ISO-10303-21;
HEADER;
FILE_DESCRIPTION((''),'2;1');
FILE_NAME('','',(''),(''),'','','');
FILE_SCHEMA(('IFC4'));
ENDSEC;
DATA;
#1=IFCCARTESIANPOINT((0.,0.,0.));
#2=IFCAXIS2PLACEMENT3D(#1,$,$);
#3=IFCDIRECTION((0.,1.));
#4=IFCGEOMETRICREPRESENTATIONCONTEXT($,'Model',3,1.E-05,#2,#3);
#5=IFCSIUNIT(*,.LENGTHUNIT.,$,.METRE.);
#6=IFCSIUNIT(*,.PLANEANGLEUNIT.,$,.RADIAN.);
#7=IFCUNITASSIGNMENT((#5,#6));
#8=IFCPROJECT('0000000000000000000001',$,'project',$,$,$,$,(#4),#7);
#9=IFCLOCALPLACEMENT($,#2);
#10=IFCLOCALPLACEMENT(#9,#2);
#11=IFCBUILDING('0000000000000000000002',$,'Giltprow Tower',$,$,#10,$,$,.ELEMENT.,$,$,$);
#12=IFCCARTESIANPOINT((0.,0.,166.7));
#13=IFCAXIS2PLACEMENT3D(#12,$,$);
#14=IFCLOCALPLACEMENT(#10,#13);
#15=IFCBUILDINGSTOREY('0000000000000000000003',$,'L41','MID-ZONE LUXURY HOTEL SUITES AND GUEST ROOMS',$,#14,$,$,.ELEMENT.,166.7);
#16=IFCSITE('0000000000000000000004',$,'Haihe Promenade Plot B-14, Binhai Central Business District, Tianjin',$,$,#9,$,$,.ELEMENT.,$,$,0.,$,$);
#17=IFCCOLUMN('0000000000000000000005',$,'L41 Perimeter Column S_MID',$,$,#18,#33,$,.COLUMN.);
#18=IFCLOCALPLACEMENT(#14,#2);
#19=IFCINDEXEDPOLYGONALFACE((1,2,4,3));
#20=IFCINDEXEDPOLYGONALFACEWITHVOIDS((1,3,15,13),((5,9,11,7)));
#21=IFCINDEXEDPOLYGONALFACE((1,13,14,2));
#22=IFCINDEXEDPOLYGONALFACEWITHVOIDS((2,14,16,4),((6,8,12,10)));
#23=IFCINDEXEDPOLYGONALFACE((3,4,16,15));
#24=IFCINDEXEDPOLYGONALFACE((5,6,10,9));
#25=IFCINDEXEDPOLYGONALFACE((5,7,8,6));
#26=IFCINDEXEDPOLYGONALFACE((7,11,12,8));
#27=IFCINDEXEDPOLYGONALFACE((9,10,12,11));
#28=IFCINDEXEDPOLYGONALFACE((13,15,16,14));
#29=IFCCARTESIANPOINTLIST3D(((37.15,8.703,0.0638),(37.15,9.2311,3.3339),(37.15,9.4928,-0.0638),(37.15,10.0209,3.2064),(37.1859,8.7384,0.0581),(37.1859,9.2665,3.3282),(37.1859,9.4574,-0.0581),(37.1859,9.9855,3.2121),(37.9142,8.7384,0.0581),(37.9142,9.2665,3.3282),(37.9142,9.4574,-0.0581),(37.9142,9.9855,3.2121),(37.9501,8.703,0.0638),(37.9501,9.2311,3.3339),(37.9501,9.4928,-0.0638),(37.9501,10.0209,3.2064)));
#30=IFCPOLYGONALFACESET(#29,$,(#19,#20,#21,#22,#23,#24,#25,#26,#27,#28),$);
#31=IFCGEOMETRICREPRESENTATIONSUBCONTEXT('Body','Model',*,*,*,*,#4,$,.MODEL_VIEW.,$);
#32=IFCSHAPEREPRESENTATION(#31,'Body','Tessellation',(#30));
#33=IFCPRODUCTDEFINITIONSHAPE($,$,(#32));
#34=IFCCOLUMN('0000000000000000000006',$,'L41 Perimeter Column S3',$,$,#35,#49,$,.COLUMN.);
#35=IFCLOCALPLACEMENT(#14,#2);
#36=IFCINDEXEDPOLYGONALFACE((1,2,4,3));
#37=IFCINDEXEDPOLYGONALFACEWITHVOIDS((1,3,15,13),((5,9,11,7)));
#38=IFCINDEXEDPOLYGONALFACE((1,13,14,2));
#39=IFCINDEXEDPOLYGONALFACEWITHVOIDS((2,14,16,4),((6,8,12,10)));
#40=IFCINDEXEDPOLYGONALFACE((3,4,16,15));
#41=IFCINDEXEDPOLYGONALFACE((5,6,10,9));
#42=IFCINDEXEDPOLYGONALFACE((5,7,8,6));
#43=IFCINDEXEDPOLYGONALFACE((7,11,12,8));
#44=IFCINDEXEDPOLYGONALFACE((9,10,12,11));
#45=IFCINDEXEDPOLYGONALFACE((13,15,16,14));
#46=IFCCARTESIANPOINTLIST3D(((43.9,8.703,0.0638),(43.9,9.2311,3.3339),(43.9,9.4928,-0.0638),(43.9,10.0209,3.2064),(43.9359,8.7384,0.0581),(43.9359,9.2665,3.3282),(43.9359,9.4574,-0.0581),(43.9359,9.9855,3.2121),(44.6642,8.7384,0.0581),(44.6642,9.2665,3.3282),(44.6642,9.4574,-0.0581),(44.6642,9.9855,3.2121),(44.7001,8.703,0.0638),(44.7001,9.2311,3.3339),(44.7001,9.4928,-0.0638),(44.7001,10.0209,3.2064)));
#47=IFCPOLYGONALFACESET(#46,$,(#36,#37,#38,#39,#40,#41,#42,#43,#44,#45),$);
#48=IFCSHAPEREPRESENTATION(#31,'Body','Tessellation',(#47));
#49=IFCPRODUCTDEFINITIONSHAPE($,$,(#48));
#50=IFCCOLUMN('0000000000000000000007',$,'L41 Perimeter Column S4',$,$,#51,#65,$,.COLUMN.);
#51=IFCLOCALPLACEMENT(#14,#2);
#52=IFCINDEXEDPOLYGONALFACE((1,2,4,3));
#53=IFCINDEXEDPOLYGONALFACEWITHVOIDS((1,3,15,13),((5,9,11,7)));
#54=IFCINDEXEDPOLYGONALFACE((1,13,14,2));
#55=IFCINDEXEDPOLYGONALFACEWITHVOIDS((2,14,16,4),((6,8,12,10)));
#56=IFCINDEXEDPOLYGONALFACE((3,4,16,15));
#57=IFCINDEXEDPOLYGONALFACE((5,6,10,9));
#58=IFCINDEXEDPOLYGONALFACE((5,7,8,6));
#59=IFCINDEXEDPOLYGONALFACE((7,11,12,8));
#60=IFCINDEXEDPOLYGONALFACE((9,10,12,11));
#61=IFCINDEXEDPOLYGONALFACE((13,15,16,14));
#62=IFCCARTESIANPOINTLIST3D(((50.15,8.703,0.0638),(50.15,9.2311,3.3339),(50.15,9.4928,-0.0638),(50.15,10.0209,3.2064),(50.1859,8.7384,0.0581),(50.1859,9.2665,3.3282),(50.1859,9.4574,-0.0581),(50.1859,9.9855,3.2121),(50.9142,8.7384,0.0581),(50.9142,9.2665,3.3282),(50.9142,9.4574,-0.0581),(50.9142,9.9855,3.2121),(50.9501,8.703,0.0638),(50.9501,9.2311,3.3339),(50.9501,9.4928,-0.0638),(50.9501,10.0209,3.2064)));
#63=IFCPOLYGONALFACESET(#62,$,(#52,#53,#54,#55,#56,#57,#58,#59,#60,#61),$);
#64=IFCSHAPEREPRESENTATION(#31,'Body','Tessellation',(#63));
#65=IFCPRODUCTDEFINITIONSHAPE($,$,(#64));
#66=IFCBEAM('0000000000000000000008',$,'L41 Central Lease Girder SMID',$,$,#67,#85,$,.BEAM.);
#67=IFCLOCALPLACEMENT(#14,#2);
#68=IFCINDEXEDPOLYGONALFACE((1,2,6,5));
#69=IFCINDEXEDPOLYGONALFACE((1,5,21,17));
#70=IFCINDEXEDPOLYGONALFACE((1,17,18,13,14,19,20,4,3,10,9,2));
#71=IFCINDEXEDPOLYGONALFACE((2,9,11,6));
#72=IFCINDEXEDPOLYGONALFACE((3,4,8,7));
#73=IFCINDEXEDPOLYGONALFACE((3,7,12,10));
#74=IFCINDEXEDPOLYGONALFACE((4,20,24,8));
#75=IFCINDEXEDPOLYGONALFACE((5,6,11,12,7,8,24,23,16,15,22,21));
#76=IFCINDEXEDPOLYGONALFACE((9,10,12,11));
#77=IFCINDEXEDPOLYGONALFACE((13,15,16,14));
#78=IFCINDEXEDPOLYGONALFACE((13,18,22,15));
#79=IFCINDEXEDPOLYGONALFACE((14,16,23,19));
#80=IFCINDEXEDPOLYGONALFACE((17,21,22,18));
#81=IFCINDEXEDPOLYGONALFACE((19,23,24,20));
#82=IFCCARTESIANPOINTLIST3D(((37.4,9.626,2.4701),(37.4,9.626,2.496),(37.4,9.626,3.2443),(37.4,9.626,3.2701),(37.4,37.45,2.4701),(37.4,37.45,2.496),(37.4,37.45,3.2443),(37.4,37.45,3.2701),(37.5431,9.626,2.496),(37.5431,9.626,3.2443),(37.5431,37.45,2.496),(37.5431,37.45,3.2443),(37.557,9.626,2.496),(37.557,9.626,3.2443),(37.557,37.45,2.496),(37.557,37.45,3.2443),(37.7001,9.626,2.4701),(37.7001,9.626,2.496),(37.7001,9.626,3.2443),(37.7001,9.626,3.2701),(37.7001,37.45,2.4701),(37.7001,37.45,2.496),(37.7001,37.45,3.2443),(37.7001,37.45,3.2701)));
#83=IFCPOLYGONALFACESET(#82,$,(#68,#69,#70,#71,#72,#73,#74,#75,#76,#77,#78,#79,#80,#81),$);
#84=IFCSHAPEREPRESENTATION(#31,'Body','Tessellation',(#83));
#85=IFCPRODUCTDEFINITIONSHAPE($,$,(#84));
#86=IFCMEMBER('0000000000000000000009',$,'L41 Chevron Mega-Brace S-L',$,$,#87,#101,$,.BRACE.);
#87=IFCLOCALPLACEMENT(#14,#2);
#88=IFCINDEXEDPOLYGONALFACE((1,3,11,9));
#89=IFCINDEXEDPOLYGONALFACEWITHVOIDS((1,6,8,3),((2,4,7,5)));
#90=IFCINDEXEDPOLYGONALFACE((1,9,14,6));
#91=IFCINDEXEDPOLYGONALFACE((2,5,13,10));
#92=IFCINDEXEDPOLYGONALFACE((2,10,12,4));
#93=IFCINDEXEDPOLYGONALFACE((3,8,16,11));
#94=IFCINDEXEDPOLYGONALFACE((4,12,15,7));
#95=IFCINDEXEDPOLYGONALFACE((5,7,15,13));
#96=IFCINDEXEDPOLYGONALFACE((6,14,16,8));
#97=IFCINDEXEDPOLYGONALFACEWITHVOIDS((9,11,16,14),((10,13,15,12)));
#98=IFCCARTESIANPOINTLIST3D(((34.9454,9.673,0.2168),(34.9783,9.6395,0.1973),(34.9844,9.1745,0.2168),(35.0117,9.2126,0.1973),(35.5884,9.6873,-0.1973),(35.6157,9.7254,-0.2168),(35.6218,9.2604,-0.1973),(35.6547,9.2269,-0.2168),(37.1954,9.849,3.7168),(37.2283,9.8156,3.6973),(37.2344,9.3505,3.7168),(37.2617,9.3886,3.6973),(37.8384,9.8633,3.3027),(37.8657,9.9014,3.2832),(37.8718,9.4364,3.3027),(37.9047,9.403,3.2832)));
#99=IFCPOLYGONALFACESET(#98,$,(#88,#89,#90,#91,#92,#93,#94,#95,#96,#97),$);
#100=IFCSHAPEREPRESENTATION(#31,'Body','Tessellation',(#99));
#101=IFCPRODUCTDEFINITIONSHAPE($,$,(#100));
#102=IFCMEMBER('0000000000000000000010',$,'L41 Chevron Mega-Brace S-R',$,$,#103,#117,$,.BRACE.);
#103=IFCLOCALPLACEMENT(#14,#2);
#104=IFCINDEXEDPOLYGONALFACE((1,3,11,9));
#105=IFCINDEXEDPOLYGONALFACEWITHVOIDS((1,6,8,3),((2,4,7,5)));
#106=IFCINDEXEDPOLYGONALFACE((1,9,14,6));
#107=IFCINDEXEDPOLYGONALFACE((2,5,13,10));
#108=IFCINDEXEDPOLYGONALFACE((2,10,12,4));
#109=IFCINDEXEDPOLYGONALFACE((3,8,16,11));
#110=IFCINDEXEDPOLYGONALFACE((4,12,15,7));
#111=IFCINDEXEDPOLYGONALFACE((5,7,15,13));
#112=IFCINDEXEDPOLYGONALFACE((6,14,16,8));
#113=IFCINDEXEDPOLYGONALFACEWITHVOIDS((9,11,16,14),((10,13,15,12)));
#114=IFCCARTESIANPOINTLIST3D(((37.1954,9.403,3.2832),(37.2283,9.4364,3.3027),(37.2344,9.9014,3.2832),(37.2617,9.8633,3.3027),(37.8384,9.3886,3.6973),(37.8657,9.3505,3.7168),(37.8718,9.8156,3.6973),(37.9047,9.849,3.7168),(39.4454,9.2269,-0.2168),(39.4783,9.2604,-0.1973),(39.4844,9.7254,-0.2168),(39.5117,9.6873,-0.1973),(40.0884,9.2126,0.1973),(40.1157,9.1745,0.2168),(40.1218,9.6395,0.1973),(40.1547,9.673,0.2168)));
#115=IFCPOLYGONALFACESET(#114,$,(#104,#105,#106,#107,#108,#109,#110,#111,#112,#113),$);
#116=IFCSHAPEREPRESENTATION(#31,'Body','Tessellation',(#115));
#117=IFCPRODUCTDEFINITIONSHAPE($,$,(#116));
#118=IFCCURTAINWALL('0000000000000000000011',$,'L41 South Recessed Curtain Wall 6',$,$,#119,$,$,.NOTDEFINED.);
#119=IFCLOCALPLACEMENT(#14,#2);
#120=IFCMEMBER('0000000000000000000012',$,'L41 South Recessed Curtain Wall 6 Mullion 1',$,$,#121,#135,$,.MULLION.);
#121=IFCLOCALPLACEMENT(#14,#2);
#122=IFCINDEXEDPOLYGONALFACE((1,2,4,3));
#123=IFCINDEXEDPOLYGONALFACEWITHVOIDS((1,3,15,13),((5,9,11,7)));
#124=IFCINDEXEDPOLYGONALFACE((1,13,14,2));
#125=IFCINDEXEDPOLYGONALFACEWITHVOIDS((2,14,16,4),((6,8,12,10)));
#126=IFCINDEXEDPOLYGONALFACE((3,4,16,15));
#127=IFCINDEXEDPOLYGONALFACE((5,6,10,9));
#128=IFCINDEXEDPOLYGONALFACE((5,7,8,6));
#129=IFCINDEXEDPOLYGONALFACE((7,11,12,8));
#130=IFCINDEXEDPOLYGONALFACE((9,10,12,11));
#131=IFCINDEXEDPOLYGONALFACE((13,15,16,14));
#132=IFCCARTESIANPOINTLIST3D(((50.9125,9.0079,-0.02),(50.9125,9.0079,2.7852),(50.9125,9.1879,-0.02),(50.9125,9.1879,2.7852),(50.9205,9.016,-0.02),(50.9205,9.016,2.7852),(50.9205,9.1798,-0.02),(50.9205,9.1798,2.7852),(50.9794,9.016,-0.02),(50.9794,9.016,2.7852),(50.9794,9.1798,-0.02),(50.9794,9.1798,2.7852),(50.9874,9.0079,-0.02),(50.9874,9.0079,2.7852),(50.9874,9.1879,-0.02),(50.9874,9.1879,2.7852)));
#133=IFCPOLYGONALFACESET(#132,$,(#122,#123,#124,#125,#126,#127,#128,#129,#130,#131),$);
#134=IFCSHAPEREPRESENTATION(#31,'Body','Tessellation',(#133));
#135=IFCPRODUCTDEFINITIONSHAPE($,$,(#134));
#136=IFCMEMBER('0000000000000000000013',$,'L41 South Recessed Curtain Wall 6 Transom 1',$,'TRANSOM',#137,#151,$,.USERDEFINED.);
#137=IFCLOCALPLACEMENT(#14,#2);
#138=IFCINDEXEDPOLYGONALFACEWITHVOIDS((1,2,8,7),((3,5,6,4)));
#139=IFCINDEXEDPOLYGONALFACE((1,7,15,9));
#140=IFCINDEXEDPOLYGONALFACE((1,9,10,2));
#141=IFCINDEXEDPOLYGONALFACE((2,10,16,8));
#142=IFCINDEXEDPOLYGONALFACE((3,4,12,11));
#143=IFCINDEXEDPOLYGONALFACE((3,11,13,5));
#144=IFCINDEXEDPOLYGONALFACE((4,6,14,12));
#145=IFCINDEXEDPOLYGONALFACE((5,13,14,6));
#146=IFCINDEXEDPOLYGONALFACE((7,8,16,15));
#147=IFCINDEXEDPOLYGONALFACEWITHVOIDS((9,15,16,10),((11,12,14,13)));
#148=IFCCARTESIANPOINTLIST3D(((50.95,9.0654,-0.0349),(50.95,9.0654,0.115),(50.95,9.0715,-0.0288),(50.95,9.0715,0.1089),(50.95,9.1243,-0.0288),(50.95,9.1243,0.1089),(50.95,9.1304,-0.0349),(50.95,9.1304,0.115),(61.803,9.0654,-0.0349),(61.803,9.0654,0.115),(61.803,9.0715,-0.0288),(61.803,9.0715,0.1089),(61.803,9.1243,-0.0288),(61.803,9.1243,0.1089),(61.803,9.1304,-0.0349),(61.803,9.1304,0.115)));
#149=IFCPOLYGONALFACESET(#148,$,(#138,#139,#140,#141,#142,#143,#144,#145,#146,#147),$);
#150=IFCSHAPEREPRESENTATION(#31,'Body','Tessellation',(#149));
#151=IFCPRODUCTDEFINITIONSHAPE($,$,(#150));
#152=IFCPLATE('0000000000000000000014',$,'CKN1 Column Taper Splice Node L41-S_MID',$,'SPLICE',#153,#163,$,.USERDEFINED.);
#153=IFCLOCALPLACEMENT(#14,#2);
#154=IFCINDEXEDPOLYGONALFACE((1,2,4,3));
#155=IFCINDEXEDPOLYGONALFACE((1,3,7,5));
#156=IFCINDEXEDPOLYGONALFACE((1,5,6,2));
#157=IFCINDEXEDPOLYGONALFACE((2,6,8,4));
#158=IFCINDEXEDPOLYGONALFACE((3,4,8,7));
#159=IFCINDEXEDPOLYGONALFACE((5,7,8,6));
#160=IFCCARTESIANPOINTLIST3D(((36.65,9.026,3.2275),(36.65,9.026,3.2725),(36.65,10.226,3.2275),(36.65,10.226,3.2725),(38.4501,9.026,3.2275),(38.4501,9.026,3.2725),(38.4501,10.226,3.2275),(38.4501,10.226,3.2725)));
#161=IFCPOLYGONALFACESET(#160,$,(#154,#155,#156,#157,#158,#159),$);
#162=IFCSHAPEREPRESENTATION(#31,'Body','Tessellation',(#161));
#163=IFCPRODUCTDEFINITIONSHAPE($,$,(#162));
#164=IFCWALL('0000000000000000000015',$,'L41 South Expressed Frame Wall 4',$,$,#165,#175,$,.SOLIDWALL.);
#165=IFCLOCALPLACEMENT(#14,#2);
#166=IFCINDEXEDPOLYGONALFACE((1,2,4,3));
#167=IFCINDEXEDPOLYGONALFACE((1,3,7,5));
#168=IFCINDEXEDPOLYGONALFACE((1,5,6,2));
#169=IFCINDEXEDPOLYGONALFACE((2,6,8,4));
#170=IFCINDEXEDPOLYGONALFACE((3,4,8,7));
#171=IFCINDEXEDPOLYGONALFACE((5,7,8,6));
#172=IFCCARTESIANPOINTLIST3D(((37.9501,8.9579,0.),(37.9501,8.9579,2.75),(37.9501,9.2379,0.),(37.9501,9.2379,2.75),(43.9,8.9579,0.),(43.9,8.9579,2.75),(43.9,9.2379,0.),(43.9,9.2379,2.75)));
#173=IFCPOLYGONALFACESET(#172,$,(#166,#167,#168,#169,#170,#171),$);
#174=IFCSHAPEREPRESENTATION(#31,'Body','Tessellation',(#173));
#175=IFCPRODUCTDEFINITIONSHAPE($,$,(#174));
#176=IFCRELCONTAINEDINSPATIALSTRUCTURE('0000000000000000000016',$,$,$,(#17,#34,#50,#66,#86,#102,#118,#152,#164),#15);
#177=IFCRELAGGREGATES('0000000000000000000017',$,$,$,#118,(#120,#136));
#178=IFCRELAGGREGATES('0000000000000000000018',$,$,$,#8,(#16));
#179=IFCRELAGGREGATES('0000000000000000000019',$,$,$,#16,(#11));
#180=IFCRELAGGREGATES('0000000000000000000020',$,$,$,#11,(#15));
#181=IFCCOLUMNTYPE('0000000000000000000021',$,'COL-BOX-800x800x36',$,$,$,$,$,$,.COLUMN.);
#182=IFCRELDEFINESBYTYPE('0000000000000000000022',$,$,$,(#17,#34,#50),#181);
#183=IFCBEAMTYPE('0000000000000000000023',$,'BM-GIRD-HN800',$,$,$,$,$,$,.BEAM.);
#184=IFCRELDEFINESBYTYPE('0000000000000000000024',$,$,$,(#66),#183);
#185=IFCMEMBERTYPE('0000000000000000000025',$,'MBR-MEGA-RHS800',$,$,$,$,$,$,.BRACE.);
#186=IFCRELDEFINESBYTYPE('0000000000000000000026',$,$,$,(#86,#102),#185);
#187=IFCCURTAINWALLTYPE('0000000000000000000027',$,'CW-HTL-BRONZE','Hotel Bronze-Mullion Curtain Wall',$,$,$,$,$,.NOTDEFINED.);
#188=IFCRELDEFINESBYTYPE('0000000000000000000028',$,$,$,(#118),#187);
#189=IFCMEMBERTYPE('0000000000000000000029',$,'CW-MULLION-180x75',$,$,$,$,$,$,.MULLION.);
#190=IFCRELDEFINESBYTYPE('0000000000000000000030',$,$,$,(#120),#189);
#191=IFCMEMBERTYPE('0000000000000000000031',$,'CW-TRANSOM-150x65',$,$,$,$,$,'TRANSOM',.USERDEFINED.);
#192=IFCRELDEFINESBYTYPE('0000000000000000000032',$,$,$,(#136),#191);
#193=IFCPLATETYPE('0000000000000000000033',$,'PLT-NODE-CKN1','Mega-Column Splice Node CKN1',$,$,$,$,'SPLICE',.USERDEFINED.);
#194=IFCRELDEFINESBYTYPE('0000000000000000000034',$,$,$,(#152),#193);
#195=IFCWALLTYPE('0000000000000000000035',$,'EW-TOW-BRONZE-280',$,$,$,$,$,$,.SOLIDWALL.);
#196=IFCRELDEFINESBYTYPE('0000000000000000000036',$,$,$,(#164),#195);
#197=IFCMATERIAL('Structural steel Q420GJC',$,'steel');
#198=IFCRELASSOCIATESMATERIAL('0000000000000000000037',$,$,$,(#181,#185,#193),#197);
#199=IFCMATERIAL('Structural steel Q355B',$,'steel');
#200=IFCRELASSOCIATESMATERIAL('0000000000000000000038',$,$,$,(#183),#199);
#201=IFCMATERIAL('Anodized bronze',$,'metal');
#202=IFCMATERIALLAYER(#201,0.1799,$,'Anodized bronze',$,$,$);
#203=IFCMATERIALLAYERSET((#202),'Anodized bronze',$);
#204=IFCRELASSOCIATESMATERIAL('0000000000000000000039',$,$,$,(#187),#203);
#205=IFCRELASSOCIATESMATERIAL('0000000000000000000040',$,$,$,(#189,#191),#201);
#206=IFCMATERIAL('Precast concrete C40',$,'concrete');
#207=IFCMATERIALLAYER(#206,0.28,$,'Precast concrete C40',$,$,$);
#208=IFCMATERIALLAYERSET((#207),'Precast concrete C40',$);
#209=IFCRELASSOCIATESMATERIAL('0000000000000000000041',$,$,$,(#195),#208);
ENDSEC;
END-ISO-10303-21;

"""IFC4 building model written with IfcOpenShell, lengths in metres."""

from ifc_helpers import new_model, si_unit, direction, frame, frame_2d, origin, origin_2d, place, context, subcontext, project, spatial, rectangle, hollow_rectangle, i_section, extrude, source, transform, mapped, material, layer, layer_set, material_profile, profile_set, type_object, element, aggregate, save


model = new_model("IFC4")

# Units and contexts
model_context = context("Model", 3, precision=1e-05, world=origin(), true_north=direction((0.0, 1.0)))
body_context = subcontext(model_context, "Body", "Model", "MODEL_VIEW")
ifc_project = project(units=[si_unit("LENGTHUNIT", "METRE"), si_unit("PLANEANGLEUNIT", "RADIAN")], contexts=[model_context])

# Site, building, storey
site_placement = place(None, origin())
site = spatial("IfcSite", under=ifc_project, at=site_placement, Name="Haihe Promenade Plot B-14, Binhai Central Business District, Tianjin", CompositionType="ELEMENT", RefElevation=0.0)
building_placement = place(site_placement, origin())
building = spatial("IfcBuilding", under=site, at=building_placement, Name="Giltprow Tower", CompositionType="ELEMENT")
storey_placement = place(building_placement, frame((0.0, 0.0, 166.7)))
storey = spatial("IfcBuildingStorey", under=building, at=storey_placement, Name="L41", Description="MID-ZONE LUXURY HOTEL SUITES AND GUEST ROOMS", CompositionType="ELEMENT", Elevation=166.7)

# Columns
ifc_material_1 = material(Name="Structural steel Q420GJC", Category="steel")
ifc_material_profile_1 = material_profile(ifc_material_1, hollow_rectangle(XDim=0.8, YDim=0.8, WallThickness=0.0359, at=origin_2d()), Name="BOX 800x800x36")
ifc_profile_set_1 = profile_set([ifc_material_profile_1], Name="Structural steel Q420GJC")
column_type = type_object("IfcColumnType", Name="COL-BOX-800x800x36", PredefinedType="COLUMN", material=ifc_profile_set_1)
shared_shape_1 = source(origin(), body_context, "Body", "SweptSolid", [
    extrude(hollow_rectangle(XDim=0.8, YDim=0.8, WallThickness=0.0359, at=origin_2d()), origin(), (0.0, 0.0, 1.0), 3.3125),
])
for number, where, z_axis, x_axis, name in (
    (1, (37.55, 9.0979, 0.0), (0.0, 0.159425, 0.98721), (-1.0, 0.0, 0.0), "L41 Perimeter Column S_MID"),
    (2, (44.3, 9.0979, 0.0), (0.0, 0.159425, 0.98721), (-1.0, 0.0, 0.0), "L41 Perimeter Column S3"),
    (3, (50.55, 9.0979, 0.0), (0.0, 0.159425, 0.98721), (-1.0, 0.0, 0.0), "L41 Perimeter Column S4"),
):
    element("IfcColumn", number, at=place(storey_placement, frame(where, z_axis=z_axis, x_axis=x_axis)), inside=storey, type_object=column_type, Name=name, PredefinedType="COLUMN", context=body_context, shape_type="MappedRepresentation", body=[
        mapped(shared_shape_1, transform((0.0, 0.0, 0.0), x_axis=(1.0, 0.0, 0.0), y_axis=(0.0, 1.0, 0.0), z_axis=(0.0, 0.0, 1.0), scale=1.0)),
    ])

# Beam
ifc_material_2 = material(Name="Structural steel Q355B", Category="steel")
ifc_material_profile_2 = material_profile(ifc_material_2, i_section(OverallWidth=0.3, OverallDepth=0.8, WebThickness=0.0139, FlangeThickness=0.0259, at=origin_2d()), Name="HN 800x300x14x26")
ifc_profile_set_2 = profile_set([ifc_material_profile_2], Name="Structural steel Q355B")
beam_type = type_object("IfcBeamType", Name="BM-GIRD-HN800", PredefinedType="BEAM", material=ifc_profile_set_2)
shared_shape_2 = source(origin(), body_context, "Body", "SweptSolid", [
    extrude(i_section(OverallWidth=0.3, OverallDepth=0.8, WebThickness=0.0139, FlangeThickness=0.0259, at=origin_2d()), origin(), (0.0, 0.0, 1.0), 27.824),
])
beam_placement = place(storey_placement, frame((37.55, 9.626, 2.8701), z_axis=(0.0, 1.0, 0.0), x_axis=(-1.0, 0.0, 0.0)))
element("IfcBeam", 4, at=beam_placement, inside=storey, type_object=beam_type, Name="L41 Central Lease Girder SMID", PredefinedType="BEAM", context=body_context, shape_type="MappedRepresentation", body=[
    mapped(shared_shape_2, transform((0.0, 0.0, 0.0), x_axis=(1.0, 0.0, 0.0), y_axis=(0.0, 1.0, 0.0), z_axis=(0.0, 0.0, 1.0), scale=1.0)),
])

# Members
ifc_material_profile_3 = material_profile(ifc_material_1, hollow_rectangle(XDim=0.5, YDim=0.8, WallThickness=0.0359, at=origin_2d()), Name="RHS 800x500x36")
ifc_profile_set_3 = profile_set([ifc_material_profile_3], Name="Structural steel Q420GJC")
member_type_1 = type_object("IfcMemberType", Name="MBR-MEGA-RHS800", PredefinedType="BRACE", material=ifc_profile_set_3)
shared_shape_3 = source(origin(), body_context, "Body", "SweptSolid", [
    extrude(hollow_rectangle(XDim=0.5, YDim=0.8, WallThickness=0.0359, at=origin_2d()), origin(), (0.0, 0.0, 1.0), 4.1646),
])
for number, where, z_axis, x_axis, name in (
    (5, (35.3, 9.45, 0.0), (0.540274, 0.042268, 0.840427), (-0.077995, 0.996954, 0.0), "L41 Chevron Mega-Brace S-L"),
    (6, (39.8, 9.45, 0.0), (-0.540274, 0.042268, 0.840427), (-0.077995, -0.996954, 0.0), "L41 Chevron Mega-Brace S-R"),
):
    element("IfcMember", number, at=place(storey_placement, frame(where, z_axis=z_axis, x_axis=x_axis)), inside=storey, type_object=member_type_1, Name=name, PredefinedType="BRACE", context=body_context, shape_type="MappedRepresentation", body=[
        mapped(shared_shape_3, transform((0.0, 0.0, 0.0), x_axis=(1.0, 0.0, 0.0), y_axis=(0.0, 1.0, 0.0), z_axis=(0.0, 0.0, 1.0), scale=1.0)),
    ])

# Curtain wall, members
ifc_material_3 = material(Name="Anodized bronze", Category="metal")
ifc_layer_1 = layer(ifc_material_3, 0.1799, Name="Anodized bronze")
ifc_layer_set_1 = layer_set([ifc_layer_1], Name="Anodized bronze")
curtain_wall_type = type_object("IfcCurtainWallType", Name="CW-HTL-BRONZE", Description="Hotel Bronze-Mullion Curtain Wall", PredefinedType="NOTDEFINED", material=ifc_layer_set_1)
curtain_wall_placement = place(storey_placement, origin())
curtain_wall = element("IfcCurtainWall", 7, at=curtain_wall_placement, inside=storey, type_object=curtain_wall_type, Name="L41 South Recessed Curtain Wall 6", PredefinedType="NOTDEFINED")
ifc_material_profile_4 = material_profile(ifc_material_3, hollow_rectangle(XDim=0.075, YDim=0.1799, WallThickness=0.0081, at=origin_2d()), Name="RHS 180x75x8")
ifc_profile_set_4 = profile_set([ifc_material_profile_4], Name="Anodized bronze")
member_type_2 = type_object("IfcMemberType", Name="CW-MULLION-180x75", PredefinedType="MULLION", material=ifc_profile_set_4)
shared_shape_4 = source(origin(), body_context, "Body", "SweptSolid", [
    extrude(hollow_rectangle(XDim=0.075, YDim=0.1799, WallThickness=0.0081, at=origin_2d()), origin(), (0.0, 0.0, 1.0), 2.8052),
])
member_1_placement = place(storey_placement, frame((50.95, 9.0979, -0.02), z_axis=(0.0, 0.0, 1.0), x_axis=(1.0, 0.0, 0.0)))
member_1 = element("IfcMember", 8, at=member_1_placement, type_object=member_type_2, Name="L41 South Recessed Curtain Wall 6 Mullion 1", PredefinedType="MULLION", context=body_context, shape_type="MappedRepresentation", body=[
    mapped(shared_shape_4, transform((0.0, 0.0, 0.0), x_axis=(1.0, 0.0, 0.0), y_axis=(0.0, 1.0, 0.0), z_axis=(0.0, 0.0, 1.0), scale=1.0)),
])
ifc_material_profile_5 = material_profile(ifc_material_3, hollow_rectangle(XDim=0.0649, YDim=0.1499, WallThickness=0.0061, at=origin_2d()), Name="RHS 150x65x6")
ifc_profile_set_5 = profile_set([ifc_material_profile_5], Name="Anodized bronze")
member_type_3 = type_object("IfcMemberType", Name="CW-TRANSOM-150x65", ElementType="TRANSOM", PredefinedType="USERDEFINED", material=ifc_profile_set_5)
shared_shape_5 = source(origin(), body_context, "Body", "SweptSolid", [
    extrude(hollow_rectangle(XDim=0.0649, YDim=0.1499, WallThickness=0.0061, at=origin_2d()), origin(), (0.0, 0.0, 1.0), 10.853),
])
member_2_placement = place(storey_placement, frame((50.95, 9.0979, 0.04), z_axis=(1.0, 0.0, 0.0), x_axis=(0.0, 1.0, 0.0)))
member_2 = element("IfcMember", 9, at=member_2_placement, type_object=member_type_3, Name="L41 South Recessed Curtain Wall 6 Transom 1", ObjectType="TRANSOM", PredefinedType="USERDEFINED", context=body_context, shape_type="MappedRepresentation", body=[
    mapped(shared_shape_5, transform((0.0, 0.0, 0.0), x_axis=(1.0, 0.0, 0.0), y_axis=(0.0, 1.0, 0.0), z_axis=(0.0, 0.0, 1.0), scale=1.0)),
])
aggregate(curtain_wall, [member_1, member_2])

# Plate
plate_type = type_object("IfcPlateType", Name="PLT-NODE-CKN1", Description="Mega-Column Splice Node CKN1", ElementType="SPLICE", PredefinedType="USERDEFINED", material=ifc_material_1)
shared_shape_6 = source(origin(), body_context, "Body", "SweptSolid", [
    extrude(rectangle(XDim=1.8, YDim=1.2, at=origin_2d()), origin(), (0.0, 0.0, 1.0), 0.0449),
])
plate_placement = place(storey_placement, frame((37.55, 9.626, 3.2275), z_axis=(0.0, 0.0, 1.0), x_axis=(1.0, 0.0, 0.0)))
element("IfcPlate", 10, at=plate_placement, inside=storey, type_object=plate_type, Name="CKN1 Column Taper Splice Node L41-S_MID", ObjectType="SPLICE", PredefinedType="USERDEFINED", context=body_context, shape_type="MappedRepresentation", body=[
    mapped(shared_shape_6, transform((0.0, 0.0, 0.0), x_axis=(1.0, 0.0, 0.0), y_axis=(0.0, 1.0, 0.0), z_axis=(0.0, 0.0, 1.0), scale=1.0)),
])

# Wall
ifc_material_4 = material(Name="Precast concrete C40", Category="concrete")
ifc_layer_2 = layer(ifc_material_4, 0.28, Name="Precast concrete C40")
ifc_layer_set_2 = layer_set([ifc_layer_2], Name="Precast concrete C40")
wall_type_1 = type_object("IfcWallType", Name="EW-TOW-BRONZE-280", PredefinedType="SOLIDWALL", material=ifc_layer_set_2)
wall_1_placement = place(storey_placement, frame((37.95, 9.0979, 0.0), z_axis=(0.0, 0.0, 1.0), x_axis=(1.0, 0.0, 0.0)))
element("IfcWall", 11, at=wall_1_placement, inside=storey, type_object=wall_type_1, Name="L41 South Expressed Frame Wall 4", PredefinedType="SOLIDWALL", context=body_context, shape_type="SweptSolid", body=[
    extrude(rectangle(XDim=5.95, YDim=0.28, at=frame_2d((2.9751, 0.0))), origin(), (0.0, 0.0, 1.0), 2.75),
])

save(model, "model.ifc")
